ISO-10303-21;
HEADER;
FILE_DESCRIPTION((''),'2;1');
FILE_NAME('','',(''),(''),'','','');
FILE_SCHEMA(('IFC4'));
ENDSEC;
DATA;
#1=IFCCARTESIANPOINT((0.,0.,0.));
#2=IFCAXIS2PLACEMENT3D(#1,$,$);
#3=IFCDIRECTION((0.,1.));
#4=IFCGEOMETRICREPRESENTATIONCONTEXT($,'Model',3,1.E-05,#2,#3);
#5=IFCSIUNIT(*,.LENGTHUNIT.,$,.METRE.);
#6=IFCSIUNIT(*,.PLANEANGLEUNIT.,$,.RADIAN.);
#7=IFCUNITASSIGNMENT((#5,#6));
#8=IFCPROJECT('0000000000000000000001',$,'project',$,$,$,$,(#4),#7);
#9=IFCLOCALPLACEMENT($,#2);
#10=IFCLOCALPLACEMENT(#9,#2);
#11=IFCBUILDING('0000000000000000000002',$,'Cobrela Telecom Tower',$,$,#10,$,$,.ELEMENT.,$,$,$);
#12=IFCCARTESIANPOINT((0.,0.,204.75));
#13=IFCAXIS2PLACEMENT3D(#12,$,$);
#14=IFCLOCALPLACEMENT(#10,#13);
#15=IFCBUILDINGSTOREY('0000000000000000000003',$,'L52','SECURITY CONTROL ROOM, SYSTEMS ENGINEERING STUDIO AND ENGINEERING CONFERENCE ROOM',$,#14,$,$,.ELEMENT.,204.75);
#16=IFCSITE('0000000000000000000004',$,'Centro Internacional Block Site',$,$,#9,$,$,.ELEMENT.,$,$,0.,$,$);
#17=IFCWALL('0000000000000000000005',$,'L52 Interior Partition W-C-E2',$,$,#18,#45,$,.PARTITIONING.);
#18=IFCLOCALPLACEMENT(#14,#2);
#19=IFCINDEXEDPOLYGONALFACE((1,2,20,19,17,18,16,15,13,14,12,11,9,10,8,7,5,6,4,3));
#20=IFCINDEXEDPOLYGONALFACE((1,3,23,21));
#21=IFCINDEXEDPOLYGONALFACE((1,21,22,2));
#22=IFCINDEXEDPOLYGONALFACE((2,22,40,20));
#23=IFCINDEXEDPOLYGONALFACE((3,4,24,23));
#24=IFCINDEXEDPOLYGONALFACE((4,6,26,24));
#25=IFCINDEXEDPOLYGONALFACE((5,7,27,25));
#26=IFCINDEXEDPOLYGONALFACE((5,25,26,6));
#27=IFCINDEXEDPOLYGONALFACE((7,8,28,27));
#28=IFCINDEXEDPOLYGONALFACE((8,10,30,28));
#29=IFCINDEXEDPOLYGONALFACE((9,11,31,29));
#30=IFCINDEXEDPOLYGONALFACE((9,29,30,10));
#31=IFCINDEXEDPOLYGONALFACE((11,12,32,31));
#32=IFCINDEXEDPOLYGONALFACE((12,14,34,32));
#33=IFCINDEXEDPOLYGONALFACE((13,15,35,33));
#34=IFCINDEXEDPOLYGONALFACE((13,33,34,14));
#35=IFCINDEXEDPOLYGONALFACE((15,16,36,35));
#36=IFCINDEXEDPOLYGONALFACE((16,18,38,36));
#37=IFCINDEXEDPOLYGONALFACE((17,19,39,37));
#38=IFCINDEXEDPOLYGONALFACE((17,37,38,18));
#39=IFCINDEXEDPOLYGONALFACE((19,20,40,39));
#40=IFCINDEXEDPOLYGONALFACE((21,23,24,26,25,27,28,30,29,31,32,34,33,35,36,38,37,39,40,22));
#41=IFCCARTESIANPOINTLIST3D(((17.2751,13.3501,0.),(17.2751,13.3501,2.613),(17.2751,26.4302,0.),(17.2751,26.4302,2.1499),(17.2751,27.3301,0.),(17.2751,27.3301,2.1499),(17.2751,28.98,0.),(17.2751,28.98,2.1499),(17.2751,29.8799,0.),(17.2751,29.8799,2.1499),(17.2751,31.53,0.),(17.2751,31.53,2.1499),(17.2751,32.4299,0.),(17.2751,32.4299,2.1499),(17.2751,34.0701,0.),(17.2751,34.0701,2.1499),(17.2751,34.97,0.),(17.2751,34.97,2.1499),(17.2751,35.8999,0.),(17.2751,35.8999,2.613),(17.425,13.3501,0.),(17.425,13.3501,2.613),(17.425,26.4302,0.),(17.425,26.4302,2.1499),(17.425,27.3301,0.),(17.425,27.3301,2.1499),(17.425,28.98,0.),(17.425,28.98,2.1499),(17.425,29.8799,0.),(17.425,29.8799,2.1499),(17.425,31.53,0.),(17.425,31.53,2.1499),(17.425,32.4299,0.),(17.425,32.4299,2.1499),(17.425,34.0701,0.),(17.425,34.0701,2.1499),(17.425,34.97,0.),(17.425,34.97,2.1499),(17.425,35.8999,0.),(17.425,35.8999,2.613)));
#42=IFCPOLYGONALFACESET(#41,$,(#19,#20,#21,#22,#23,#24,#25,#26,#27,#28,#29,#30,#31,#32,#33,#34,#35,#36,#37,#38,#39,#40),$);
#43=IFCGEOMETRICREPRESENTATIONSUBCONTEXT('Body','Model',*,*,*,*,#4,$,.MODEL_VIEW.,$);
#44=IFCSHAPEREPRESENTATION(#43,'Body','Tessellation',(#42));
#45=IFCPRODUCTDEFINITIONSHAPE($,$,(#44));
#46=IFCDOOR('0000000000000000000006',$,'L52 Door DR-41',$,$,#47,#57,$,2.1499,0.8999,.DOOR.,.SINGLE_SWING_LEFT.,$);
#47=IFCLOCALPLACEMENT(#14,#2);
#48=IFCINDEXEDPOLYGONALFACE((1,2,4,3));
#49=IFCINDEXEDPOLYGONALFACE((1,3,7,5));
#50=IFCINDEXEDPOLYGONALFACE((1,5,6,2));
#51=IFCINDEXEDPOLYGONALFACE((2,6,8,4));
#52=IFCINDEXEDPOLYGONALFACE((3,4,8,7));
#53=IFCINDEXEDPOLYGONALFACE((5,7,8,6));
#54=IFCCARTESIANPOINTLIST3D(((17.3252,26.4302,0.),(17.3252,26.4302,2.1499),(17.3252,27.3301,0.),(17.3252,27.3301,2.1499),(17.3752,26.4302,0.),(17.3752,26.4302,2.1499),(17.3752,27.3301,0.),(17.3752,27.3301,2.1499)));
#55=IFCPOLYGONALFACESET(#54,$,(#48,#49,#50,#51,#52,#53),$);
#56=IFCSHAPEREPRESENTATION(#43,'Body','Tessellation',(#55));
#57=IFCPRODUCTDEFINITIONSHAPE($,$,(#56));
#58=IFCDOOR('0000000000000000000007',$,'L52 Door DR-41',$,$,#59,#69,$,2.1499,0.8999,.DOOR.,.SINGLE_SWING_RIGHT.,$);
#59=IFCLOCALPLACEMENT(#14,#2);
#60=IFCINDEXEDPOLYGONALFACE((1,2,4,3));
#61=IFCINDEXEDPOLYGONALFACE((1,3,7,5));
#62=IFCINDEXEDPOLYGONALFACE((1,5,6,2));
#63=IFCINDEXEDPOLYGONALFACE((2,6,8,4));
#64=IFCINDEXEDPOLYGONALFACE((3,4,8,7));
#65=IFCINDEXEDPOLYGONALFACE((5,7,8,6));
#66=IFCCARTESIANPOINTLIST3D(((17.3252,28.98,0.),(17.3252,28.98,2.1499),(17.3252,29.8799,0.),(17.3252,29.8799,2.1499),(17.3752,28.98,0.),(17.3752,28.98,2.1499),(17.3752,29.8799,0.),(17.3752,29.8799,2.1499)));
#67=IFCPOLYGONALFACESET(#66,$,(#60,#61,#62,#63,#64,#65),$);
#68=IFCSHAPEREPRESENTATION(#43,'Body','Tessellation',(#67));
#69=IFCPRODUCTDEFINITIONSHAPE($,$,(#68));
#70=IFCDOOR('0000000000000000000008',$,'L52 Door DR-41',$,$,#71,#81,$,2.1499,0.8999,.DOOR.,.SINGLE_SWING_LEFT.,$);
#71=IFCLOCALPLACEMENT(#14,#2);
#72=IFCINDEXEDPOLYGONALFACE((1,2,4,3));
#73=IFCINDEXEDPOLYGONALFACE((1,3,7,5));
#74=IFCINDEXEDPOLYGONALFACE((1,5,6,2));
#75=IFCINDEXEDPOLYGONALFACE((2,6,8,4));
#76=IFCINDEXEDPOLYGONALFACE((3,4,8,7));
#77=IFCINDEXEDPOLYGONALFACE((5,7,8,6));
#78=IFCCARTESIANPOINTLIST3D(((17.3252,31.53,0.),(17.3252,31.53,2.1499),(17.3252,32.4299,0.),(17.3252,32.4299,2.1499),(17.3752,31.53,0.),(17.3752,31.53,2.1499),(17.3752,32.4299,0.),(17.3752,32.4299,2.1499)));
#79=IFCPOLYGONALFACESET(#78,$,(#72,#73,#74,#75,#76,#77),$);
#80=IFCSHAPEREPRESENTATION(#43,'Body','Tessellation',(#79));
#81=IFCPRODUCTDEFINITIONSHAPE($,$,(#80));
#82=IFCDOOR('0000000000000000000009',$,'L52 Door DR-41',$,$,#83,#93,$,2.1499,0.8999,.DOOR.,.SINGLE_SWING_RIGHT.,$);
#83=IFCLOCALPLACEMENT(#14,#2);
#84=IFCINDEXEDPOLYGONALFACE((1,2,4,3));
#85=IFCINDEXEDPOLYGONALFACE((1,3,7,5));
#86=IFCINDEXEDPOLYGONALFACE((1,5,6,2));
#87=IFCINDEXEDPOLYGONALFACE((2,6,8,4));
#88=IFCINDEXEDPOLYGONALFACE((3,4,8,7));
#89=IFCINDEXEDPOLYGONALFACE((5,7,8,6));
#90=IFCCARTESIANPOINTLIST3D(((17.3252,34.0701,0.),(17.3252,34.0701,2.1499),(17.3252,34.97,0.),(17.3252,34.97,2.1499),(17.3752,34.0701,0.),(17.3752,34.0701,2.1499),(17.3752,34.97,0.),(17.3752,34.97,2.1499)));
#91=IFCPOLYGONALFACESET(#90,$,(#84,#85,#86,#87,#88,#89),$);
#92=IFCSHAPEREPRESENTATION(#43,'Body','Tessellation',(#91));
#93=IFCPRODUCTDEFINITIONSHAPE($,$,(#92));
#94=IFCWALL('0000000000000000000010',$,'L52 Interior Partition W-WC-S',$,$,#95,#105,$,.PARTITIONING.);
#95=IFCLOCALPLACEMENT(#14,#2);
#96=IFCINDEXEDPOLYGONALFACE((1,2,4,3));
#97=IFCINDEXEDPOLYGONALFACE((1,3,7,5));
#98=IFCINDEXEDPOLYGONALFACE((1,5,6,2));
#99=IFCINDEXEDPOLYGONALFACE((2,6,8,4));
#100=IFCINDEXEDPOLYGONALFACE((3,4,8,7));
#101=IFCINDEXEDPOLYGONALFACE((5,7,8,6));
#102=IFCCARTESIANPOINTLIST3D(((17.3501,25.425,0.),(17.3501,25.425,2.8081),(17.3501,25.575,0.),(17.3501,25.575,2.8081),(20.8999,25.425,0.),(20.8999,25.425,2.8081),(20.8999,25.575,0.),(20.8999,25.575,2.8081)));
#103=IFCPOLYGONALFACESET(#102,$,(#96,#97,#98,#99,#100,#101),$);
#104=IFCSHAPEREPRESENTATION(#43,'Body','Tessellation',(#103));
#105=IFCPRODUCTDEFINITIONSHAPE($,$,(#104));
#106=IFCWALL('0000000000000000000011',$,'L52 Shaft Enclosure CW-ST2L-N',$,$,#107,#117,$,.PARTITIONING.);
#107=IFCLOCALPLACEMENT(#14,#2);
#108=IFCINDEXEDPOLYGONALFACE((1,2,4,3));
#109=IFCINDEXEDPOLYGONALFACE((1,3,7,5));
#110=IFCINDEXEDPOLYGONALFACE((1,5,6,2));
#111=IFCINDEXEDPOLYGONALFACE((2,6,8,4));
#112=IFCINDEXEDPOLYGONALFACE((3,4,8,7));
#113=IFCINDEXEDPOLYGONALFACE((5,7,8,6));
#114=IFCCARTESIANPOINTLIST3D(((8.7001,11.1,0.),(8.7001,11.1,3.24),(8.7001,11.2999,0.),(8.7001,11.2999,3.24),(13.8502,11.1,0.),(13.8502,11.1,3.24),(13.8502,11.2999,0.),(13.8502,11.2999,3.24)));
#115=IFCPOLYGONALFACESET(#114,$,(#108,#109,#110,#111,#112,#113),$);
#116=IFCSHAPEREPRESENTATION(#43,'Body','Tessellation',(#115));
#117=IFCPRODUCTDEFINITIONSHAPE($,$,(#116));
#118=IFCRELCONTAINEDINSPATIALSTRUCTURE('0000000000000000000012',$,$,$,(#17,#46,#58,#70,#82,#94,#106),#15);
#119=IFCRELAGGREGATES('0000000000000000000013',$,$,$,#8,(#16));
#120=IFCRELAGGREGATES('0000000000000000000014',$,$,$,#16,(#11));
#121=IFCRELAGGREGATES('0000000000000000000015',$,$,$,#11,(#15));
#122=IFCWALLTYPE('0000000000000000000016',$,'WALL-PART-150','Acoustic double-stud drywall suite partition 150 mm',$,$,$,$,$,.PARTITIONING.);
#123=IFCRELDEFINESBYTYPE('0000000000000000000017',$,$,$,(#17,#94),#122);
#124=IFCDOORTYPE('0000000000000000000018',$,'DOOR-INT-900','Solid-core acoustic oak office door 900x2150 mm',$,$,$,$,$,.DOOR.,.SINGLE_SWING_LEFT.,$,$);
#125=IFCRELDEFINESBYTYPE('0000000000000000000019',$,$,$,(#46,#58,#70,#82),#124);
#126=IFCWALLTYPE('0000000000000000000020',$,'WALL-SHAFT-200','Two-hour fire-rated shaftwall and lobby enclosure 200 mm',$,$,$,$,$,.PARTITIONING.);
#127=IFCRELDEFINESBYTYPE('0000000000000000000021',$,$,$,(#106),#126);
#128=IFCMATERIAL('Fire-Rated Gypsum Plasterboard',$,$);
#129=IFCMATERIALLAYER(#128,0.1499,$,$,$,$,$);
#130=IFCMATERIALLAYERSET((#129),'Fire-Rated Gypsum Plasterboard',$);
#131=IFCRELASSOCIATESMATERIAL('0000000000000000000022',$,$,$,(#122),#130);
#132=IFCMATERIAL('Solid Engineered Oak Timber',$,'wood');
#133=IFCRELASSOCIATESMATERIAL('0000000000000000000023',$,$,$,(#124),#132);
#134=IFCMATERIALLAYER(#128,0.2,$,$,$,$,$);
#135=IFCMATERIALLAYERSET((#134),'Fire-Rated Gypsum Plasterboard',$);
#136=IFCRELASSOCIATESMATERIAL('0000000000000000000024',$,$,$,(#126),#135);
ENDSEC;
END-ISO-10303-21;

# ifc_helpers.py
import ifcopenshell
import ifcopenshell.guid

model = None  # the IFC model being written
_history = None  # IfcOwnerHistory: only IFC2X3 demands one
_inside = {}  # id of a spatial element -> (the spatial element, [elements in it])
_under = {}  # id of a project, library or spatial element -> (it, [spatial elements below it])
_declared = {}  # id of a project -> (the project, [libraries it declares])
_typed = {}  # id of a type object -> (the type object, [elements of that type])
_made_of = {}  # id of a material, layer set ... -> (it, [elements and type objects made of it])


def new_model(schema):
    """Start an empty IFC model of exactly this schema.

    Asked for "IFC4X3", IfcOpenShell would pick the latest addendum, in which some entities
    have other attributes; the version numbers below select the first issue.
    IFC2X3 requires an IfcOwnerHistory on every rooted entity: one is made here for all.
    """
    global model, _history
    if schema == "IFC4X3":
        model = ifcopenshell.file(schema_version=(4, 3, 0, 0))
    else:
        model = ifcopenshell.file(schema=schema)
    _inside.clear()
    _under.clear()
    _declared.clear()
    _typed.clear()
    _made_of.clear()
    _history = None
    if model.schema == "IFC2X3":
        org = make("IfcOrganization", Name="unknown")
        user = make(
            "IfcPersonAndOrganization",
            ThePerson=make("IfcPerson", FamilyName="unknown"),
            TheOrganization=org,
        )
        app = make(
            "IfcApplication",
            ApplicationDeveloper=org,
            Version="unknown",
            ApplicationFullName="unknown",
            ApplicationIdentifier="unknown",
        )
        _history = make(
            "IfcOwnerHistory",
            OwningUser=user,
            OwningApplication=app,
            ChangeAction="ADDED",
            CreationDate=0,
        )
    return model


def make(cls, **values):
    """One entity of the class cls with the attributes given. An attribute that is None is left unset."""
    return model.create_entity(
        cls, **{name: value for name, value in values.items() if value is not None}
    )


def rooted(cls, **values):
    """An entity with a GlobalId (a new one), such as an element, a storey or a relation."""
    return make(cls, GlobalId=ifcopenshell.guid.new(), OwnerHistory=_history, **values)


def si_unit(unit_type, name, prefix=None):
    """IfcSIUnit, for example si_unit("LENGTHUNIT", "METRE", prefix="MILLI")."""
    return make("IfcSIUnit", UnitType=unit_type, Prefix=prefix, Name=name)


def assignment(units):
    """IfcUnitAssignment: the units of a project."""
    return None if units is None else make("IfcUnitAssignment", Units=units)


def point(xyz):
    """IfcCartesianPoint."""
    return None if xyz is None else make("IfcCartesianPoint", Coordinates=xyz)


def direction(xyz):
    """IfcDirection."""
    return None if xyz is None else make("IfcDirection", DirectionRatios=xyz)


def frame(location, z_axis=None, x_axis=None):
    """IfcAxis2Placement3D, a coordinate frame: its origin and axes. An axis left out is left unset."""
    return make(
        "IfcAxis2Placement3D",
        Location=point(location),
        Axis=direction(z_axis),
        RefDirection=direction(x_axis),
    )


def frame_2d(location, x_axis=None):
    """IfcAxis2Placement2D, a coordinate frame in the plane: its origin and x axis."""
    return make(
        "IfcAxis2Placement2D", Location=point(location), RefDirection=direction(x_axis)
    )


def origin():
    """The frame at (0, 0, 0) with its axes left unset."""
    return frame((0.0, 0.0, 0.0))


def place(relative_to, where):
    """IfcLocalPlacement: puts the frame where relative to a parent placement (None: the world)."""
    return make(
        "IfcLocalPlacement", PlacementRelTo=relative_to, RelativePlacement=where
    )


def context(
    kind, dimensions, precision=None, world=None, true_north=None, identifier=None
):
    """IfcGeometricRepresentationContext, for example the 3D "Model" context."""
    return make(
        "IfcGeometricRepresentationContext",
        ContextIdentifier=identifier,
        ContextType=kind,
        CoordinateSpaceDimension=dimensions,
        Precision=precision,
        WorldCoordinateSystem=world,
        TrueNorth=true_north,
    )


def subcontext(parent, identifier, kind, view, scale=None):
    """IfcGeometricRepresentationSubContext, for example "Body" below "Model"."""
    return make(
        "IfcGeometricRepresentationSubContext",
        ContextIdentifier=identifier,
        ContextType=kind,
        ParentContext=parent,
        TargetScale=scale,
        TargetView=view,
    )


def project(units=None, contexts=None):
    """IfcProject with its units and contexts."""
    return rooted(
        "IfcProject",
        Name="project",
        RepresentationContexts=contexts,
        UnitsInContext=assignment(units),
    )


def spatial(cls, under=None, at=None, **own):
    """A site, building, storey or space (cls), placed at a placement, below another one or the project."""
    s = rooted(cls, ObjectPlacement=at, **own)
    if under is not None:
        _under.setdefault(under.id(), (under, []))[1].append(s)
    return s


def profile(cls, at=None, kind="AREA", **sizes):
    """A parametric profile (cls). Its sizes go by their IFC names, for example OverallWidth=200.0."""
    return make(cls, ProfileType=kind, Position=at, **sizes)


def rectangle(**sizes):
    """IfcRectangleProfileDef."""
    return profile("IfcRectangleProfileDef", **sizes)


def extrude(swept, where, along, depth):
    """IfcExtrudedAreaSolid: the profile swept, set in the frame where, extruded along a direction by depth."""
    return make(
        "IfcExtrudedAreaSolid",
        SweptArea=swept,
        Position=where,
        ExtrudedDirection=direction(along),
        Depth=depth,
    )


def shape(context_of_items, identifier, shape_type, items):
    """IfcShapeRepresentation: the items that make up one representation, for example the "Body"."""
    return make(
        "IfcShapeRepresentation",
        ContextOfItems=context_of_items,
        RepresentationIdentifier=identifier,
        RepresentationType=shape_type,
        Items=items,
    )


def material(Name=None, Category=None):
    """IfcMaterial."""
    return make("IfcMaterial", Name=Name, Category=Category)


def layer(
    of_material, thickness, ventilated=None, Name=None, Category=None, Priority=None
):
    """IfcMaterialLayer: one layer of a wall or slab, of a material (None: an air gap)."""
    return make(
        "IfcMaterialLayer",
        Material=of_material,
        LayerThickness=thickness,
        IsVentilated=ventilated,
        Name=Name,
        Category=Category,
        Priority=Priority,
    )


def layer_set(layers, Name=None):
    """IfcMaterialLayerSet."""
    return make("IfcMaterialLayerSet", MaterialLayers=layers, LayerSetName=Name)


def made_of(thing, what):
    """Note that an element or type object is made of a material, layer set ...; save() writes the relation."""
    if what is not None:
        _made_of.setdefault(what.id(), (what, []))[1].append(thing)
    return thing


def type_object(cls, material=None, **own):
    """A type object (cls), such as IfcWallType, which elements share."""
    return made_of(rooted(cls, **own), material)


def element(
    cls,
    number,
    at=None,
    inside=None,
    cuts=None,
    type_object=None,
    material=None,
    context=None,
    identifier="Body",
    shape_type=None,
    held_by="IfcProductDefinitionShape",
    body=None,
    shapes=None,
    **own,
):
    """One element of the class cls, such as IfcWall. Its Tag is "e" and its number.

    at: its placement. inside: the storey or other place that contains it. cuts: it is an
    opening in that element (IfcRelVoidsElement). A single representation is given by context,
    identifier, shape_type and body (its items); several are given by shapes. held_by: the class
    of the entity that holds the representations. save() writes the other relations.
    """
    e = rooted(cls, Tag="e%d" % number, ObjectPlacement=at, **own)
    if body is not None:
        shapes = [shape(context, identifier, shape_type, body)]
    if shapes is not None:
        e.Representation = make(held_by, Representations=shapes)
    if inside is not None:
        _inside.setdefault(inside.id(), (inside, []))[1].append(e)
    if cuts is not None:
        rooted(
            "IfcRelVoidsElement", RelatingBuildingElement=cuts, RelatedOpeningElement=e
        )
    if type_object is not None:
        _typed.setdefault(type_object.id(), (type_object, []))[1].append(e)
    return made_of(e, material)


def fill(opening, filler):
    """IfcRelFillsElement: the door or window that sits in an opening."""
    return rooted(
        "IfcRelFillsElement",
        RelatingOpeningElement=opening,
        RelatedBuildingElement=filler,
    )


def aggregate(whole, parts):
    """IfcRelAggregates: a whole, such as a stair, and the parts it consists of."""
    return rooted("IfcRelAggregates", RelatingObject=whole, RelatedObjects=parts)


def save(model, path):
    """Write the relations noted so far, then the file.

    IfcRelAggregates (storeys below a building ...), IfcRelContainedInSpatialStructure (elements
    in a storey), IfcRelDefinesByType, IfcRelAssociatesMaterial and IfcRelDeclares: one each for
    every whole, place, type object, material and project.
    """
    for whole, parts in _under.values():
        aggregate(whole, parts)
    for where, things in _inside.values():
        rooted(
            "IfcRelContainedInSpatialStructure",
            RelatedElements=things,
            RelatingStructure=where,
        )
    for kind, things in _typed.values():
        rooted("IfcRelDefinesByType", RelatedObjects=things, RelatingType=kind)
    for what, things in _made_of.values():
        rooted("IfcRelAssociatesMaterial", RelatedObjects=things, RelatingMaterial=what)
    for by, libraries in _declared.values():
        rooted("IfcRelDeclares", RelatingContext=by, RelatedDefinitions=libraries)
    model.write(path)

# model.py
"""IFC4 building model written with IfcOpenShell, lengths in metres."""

from ifc_helpers import new_model, si_unit, direction, frame, frame_2d, origin, place, context, subcontext, project, spatial, rectangle, extrude, material, layer, layer_set, type_object, element, fill, save


model = new_model("IFC4")

# Units and contexts
model_context = context("Model", 3, precision=1e-05, world=origin(), true_north=direction((0.0, 1.0)))
body_context = subcontext(model_context, "Body", "Model", "MODEL_VIEW")
ifc_project = project(units=[si_unit("LENGTHUNIT", "METRE"), si_unit("PLANEANGLEUNIT", "RADIAN")], contexts=[model_context])

# Site, building, storey
site_placement = place(None, origin())
site = spatial("IfcSite", under=ifc_project, at=site_placement, Name="Centro Internacional Block Site", CompositionType="ELEMENT", RefElevation=0.0)
building_placement = place(site_placement, origin())
building = spatial("IfcBuilding", under=site, at=building_placement, Name="Cobrela Telecom Tower", CompositionType="ELEMENT")
storey_placement = place(building_placement, frame((0.0, 0.0, 204.75)))
storey = spatial("IfcBuildingStorey", under=building, at=storey_placement, Name="L52", Description="SECURITY CONTROL ROOM, SYSTEMS ENGINEERING STUDIO AND ENGINEERING CONFERENCE ROOM", CompositionType="ELEMENT", Elevation=204.75)

# Shared definitions
ifc_material_1 = material(Name="Fire-Rated Gypsum Plasterboard")

# Shared definitions
ifc_material_2 = material(Name="Solid Engineered Oak Timber", Category="wood")

# Wall, openings, doors
ifc_layer_1 = layer(ifc_material_1, 0.1499)
ifc_layer_set_1 = layer_set([ifc_layer_1], Name="Fire-Rated Gypsum Plasterboard")
wall_type_1 = type_object("IfcWallType", Name="WALL-PART-150", Description="Acoustic double-stud drywall suite partition 150 mm", PredefinedType="PARTITIONING", material=ifc_layer_set_1)
wall_1_placement = place(storey_placement, frame((17.3501, 13.3501, 0.0), z_axis=(0.0, 0.0, 1.0), x_axis=(0.0, 1.0, 0.0)))
wall_1 = element("IfcWall", 1, at=wall_1_placement, inside=storey, type_object=wall_type_1, Name="L52 Interior Partition W-C-E2", PredefinedType="PARTITIONING", context=body_context, shape_type="SweptSolid", body=[
    extrude(rectangle(XDim=22.5498, YDim=0.1499, at=frame_2d((11.2749, 0.0))), origin(), (0.0, 0.0, 1.0), 2.613),
])
opening_1_placement = place(wall_1_placement, frame((13.0801, 0.0, 0.0)))
opening_1 = element("IfcOpeningElement", 2, at=opening_1_placement, cuts=wall_1, PredefinedType="OPENING", context=body_context, shape_type="SweptSolid", body=[
    extrude(rectangle(XDim=0.8999, YDim=2.1499, at=frame_2d((0.45, 1.075))), frame((0.0, 0.0869, 0.0), z_axis=(0.0, -1.0, 0.0), x_axis=(1.0, 0.0, 0.0)), (0.0, 0.0, 1.0), 0.1738),
])
opening_2_placement = place(wall_1_placement, frame((15.6299, 0.0, 0.0)))
opening_2 = element("IfcOpeningElement", 3, at=opening_2_placement, cuts=wall_1, PredefinedType="OPENING", context=body_context, shape_type="SweptSolid", body=[
    extrude(rectangle(XDim=0.8999, YDim=2.1499, at=frame_2d((0.45, 1.075))), frame((0.0, 0.0869, 0.0), z_axis=(0.0, -1.0, 0.0), x_axis=(1.0, 0.0, 0.0)), (0.0, 0.0, 1.0), 0.1738),
])
opening_3_placement = place(wall_1_placement, frame((18.1799, 0.0, 0.0)))
opening_3 = element("IfcOpeningElement", 4, at=opening_3_placement, cuts=wall_1, PredefinedType="OPENING", context=body_context, shape_type="SweptSolid", body=[
    extrude(rectangle(XDim=0.8999, YDim=2.1499, at=frame_2d((0.45, 1.075))), frame((0.0, 0.0869, 0.0), z_axis=(0.0, -1.0, 0.0), x_axis=(1.0, 0.0, 0.0)), (0.0, 0.0, 1.0), 0.1738),
])
opening_4_placement = place(wall_1_placement, frame((20.72, 0.0, 0.0)))
opening_4 = element("IfcOpeningElement", 5, at=opening_4_placement, cuts=wall_1, PredefinedType="OPENING", context=body_context, shape_type="SweptSolid", body=[
    extrude(rectangle(XDim=0.8999, YDim=2.1499, at=frame_2d((0.45, 1.075))), frame((0.0, 0.0869, 0.0), z_axis=(0.0, -1.0, 0.0), x_axis=(1.0, 0.0, 0.0)), (0.0, 0.0, 1.0), 0.1738),
])
door_type_1 = type_object("IfcDoorType", Name="DOOR-INT-900", Description="Solid-core acoustic oak office door 900x2150 mm", OperationType="SINGLE_SWING_LEFT", PredefinedType="DOOR", material=ifc_material_2)
door_1_placement = place(opening_1_placement, origin())
door_1 = element("IfcDoor", 6, at=door_1_placement, inside=storey, type_object=door_type_1, Name="L52 Door DR-41", OperationType="SINGLE_SWING_LEFT", OverallHeight=2.1499, OverallWidth=0.8999, PredefinedType="DOOR", context=body_context, shape_type="SweptSolid", body=[
    extrude(rectangle(XDim=0.8999, YDim=2.1499, at=frame_2d((0.45, 1.075))), frame((0.0, 0.0249, 0.0), z_axis=(0.0, -1.0, 0.0), x_axis=(1.0, 0.0, 0.0)), (0.0, 0.0, 1.0), 0.05),
])
fill(opening_1, door_1)
door_2_placement = place(opening_2_placement, origin())
door_2 = element("IfcDoor", 7, at=door_2_placement, inside=storey, type_object=door_type_1, Name="L52 Door DR-41", OperationType="SINGLE_SWING_RIGHT", OverallHeight=2.1499, OverallWidth=0.8999, PredefinedType="DOOR", context=body_context, shape_type="SweptSolid", body=[
    extrude(rectangle(XDim=0.8999, YDim=2.1499, at=frame_2d((0.45, 1.075))), frame((0.0, 0.0249, 0.0), z_axis=(0.0, -1.0, 0.0), x_axis=(1.0, 0.0, 0.0)), (0.0, 0.0, 1.0), 0.05),
])
fill(opening_2, door_2)
door_3_placement = place(opening_3_placement, origin())
door_3 = element("IfcDoor", 8, at=door_3_placement, inside=storey, type_object=door_type_1, Name="L52 Door DR-41", OperationType="SINGLE_SWING_LEFT", OverallHeight=2.1499, OverallWidth=0.8999, PredefinedType="DOOR", context=body_context, shape_type="SweptSolid", body=[
    extrude(rectangle(XDim=0.8999, YDim=2.1499, at=frame_2d((0.45, 1.075))), frame((0.0, 0.0249, 0.0), z_axis=(0.0, -1.0, 0.0), x_axis=(1.0, 0.0, 0.0)), (0.0, 0.0, 1.0), 0.05),
])
fill(opening_3, door_3)
door_4_placement = place(opening_4_placement, origin())
door_4 = element("IfcDoor", 9, at=door_4_placement, inside=storey, type_object=door_type_1, Name="L52 Door DR-41", OperationType="SINGLE_SWING_RIGHT", OverallHeight=2.1499, OverallWidth=0.8999, PredefinedType="DOOR", context=body_context, shape_type="SweptSolid", body=[
    extrude(rectangle(XDim=0.8999, YDim=2.1499, at=frame_2d((0.45, 1.075))), frame((0.0, 0.0249, 0.0), z_axis=(0.0, -1.0, 0.0), x_axis=(1.0, 0.0, 0.0)), (0.0, 0.0, 1.0), 0.05),
])
fill(opening_4, door_4)

# Walls
wall_2_placement = place(storey_placement, frame((17.3501, 25.5, 0.0), z_axis=(0.0, 0.0, 1.0), x_axis=(1.0, 0.0, 0.0)))
element("IfcWall", 10, at=wall_2_placement, inside=storey, type_object=wall_type_1, Name="L52 Interior Partition W-WC-S", PredefinedType="PARTITIONING", context=body_context, shape_type="SweptSolid", body=[
    extrude(rectangle(XDim=3.5498, YDim=0.1499, at=frame_2d((1.7749, 0.0))), origin(), (0.0, 0.0, 1.0), 2.8081),
])
ifc_layer_2 = layer(ifc_material_1, 0.2)
ifc_layer_set_2 = layer_set([ifc_layer_2], Name="Fire-Rated Gypsum Plasterboard")
wall_type_2 = type_object("IfcWallType", Name="WALL-SHAFT-200", Description="Two-hour fire-rated shaftwall and lobby enclosure 200 mm", PredefinedType="PARTITIONING", material=ifc_layer_set_2)
wall_3_placement = place(storey_placement, frame((8.7, 11.2, 0.0), z_axis=(0.0, 0.0, 1.0), x_axis=(1.0, 0.0, 0.0)))
element("IfcWall", 11, at=wall_3_placement, inside=storey, type_object=wall_type_2, Name="L52 Shaft Enclosure CW-ST2L-N", PredefinedType="PARTITIONING", context=body_context, shape_type="SweptSolid", body=[
    extrude(rectangle(XDim=5.1501, YDim=0.2, at=frame_2d((2.5752, 0.0))), origin(), (0.0, 0.0, 1.0), 3.24),
])

save(model, "model.ifc")
